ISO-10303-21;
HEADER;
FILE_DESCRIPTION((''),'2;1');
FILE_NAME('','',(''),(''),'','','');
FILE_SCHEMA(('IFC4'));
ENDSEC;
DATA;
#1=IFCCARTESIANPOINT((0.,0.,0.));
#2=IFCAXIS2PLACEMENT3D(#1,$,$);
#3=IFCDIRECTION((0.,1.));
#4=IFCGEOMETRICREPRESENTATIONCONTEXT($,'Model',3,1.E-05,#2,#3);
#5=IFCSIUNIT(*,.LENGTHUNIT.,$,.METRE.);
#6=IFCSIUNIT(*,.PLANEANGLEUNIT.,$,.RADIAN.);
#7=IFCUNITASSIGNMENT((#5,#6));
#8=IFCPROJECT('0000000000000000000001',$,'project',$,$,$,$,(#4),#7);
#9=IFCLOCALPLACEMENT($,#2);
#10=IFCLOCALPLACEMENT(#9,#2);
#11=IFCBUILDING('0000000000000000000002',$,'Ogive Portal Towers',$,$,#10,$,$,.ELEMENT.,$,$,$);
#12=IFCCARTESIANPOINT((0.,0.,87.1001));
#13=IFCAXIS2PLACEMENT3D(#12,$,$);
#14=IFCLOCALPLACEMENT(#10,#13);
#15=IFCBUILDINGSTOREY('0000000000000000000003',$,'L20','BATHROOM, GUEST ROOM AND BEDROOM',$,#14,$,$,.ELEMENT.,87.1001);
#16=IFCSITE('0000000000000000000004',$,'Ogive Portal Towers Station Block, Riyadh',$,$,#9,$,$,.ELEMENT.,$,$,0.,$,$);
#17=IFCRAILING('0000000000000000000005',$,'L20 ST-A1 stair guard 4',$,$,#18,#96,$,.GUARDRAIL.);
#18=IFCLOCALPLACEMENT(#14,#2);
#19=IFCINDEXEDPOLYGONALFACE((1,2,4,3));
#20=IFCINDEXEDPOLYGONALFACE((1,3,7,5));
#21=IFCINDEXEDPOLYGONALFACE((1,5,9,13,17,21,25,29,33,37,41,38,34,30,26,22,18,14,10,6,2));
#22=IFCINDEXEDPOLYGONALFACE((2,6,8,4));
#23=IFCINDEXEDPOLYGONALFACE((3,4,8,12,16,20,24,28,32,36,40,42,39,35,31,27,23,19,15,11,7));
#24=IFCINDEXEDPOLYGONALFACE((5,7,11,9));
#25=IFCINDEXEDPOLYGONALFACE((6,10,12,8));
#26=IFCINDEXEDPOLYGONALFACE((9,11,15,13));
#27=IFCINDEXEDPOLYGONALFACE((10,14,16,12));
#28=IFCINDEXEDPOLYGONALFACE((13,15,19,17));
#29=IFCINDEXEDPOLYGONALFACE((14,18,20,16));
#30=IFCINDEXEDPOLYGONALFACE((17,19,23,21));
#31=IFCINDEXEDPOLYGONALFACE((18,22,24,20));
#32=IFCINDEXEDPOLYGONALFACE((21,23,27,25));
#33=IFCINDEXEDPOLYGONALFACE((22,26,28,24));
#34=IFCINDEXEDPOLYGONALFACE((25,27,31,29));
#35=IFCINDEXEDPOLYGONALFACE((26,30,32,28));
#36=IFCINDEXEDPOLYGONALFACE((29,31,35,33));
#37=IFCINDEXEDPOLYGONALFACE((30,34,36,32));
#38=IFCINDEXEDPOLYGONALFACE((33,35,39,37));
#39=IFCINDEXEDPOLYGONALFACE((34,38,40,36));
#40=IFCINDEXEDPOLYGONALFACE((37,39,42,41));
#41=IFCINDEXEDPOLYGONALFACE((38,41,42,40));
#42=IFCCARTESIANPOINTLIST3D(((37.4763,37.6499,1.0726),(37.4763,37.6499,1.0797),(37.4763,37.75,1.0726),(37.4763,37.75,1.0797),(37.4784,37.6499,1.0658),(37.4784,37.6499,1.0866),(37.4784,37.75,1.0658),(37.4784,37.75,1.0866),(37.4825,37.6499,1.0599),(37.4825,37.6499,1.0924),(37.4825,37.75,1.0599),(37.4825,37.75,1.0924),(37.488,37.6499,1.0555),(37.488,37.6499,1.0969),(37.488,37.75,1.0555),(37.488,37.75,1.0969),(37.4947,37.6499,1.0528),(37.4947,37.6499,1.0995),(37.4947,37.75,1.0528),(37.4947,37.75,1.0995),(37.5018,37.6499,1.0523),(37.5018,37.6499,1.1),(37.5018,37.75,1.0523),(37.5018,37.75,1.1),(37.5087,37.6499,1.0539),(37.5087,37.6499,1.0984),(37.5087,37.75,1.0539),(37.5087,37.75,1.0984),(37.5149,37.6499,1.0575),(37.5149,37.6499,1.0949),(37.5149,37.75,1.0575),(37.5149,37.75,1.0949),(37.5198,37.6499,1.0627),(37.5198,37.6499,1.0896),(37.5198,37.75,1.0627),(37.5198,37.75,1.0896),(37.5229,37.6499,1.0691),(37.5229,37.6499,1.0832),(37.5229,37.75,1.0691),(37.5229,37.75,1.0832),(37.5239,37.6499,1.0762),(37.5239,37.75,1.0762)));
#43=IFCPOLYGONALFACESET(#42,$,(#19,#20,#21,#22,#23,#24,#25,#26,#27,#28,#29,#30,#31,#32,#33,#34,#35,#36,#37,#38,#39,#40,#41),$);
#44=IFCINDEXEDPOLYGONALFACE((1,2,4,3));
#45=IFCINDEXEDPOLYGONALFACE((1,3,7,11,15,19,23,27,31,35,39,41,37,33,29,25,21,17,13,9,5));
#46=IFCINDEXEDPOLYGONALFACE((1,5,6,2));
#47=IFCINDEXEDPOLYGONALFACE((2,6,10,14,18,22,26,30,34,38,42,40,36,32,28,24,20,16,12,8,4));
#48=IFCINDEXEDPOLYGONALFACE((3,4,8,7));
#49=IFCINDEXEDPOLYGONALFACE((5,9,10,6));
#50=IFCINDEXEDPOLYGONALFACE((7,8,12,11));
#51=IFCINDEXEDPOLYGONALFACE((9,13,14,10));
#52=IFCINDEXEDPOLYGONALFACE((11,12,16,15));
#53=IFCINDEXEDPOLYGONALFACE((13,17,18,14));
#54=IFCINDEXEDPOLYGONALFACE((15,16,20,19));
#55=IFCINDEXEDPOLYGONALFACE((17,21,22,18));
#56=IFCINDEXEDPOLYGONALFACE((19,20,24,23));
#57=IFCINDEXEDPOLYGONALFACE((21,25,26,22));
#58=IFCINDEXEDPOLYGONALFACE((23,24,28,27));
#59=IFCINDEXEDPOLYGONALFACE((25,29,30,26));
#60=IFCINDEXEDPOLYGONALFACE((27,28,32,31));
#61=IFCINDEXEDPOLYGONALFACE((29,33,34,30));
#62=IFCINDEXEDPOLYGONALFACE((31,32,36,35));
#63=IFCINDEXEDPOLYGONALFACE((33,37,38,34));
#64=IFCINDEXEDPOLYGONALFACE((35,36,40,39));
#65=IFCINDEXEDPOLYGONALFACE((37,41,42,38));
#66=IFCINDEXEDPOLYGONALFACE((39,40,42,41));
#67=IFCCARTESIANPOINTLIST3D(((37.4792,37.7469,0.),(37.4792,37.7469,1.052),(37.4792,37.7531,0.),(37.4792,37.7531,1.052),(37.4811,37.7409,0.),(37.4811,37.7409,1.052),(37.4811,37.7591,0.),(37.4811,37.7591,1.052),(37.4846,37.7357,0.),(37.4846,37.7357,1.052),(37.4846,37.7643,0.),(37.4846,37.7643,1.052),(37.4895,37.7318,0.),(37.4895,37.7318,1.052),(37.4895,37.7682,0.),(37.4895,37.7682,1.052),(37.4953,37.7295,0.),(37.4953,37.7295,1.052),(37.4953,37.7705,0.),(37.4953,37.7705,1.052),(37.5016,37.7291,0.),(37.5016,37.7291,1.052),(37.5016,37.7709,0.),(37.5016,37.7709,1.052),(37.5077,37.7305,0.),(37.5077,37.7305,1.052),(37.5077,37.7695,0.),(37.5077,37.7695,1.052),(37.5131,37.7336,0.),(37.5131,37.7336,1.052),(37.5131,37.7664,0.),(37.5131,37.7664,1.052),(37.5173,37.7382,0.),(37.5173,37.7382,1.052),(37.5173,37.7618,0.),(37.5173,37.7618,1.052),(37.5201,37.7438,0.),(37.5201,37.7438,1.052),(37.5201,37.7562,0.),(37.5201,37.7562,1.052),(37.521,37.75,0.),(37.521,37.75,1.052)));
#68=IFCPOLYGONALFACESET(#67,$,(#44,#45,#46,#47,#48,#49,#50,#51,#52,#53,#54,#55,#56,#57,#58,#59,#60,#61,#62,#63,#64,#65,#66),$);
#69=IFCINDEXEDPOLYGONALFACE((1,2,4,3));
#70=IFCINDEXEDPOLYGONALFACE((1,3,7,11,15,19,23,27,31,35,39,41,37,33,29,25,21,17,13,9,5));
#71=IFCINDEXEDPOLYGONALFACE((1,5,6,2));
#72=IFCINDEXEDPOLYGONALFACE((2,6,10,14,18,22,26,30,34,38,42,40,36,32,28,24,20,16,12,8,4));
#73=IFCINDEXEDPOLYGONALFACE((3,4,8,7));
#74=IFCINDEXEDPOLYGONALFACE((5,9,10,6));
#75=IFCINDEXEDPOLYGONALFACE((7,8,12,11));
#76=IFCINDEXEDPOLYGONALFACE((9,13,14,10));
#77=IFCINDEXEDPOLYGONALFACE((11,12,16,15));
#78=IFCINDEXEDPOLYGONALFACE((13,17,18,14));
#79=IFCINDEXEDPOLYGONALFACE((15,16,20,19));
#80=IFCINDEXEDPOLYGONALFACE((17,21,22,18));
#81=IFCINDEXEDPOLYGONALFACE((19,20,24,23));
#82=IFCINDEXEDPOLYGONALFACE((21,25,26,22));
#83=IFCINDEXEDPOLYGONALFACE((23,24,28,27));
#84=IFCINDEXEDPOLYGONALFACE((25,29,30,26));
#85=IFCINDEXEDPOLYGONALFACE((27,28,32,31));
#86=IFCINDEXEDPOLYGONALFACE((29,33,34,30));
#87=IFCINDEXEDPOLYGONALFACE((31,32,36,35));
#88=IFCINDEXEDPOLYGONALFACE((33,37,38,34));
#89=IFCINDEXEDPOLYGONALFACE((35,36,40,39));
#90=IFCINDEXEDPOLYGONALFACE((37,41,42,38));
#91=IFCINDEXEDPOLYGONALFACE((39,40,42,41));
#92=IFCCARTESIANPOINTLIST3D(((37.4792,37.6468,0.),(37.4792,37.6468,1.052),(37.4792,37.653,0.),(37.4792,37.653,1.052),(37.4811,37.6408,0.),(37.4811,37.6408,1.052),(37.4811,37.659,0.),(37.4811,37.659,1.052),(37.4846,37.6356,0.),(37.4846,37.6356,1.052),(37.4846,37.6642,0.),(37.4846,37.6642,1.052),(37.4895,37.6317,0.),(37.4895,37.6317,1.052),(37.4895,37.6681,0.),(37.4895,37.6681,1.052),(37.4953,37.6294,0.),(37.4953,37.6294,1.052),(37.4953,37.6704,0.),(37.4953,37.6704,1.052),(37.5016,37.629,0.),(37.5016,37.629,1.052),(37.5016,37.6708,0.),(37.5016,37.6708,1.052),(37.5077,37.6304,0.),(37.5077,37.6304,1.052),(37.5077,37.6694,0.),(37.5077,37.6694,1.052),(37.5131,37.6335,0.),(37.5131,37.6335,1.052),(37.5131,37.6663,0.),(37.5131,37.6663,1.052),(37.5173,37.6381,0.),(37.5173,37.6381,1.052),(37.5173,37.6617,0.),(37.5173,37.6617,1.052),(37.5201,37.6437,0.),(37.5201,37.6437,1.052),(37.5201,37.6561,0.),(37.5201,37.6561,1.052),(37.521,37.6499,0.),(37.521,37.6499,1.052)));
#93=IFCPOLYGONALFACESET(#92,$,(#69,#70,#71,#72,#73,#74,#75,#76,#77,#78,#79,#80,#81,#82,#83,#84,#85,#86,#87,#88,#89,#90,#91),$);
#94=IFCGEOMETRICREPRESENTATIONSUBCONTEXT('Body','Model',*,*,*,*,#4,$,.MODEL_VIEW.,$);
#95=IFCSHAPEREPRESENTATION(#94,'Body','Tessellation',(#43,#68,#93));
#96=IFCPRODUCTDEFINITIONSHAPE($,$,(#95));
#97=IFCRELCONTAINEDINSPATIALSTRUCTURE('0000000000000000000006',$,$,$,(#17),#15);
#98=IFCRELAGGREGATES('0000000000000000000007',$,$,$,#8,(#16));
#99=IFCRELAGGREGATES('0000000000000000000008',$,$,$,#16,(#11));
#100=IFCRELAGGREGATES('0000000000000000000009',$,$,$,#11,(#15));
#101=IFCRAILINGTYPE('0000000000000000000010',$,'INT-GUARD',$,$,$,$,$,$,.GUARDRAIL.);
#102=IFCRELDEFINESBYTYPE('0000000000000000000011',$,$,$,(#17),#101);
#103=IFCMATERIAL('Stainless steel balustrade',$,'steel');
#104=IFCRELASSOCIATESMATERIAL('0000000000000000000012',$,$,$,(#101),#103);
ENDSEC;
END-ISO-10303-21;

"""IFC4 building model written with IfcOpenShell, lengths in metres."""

from ifc_helpers import new_model, si_unit, direction, frame, origin, origin_2d, place, context, subcontext, project, spatial, circle, extrude, material, type_object, element, save


model = new_model("IFC4")

# Units and contexts
model_context = context("Model", 3, precision=1e-05, world=origin(), true_north=direction((0.0, 1.0)))
body_context = subcontext(model_context, "Body", "Model", "MODEL_VIEW")
ifc_project = project(units=[si_unit("LENGTHUNIT", "METRE"), si_unit("PLANEANGLEUNIT", "RADIAN")], contexts=[model_context])

# Site, building, storey
site_placement = place(None, origin())
site = spatial("IfcSite", under=ifc_project, at=site_placement, Name="Ogive Portal Towers Station Block, Riyadh", CompositionType="ELEMENT", RefElevation=0.0)
building_placement = place(site_placement, origin())
building = spatial("IfcBuilding", under=site, at=building_placement, Name="Ogive Portal Towers", CompositionType="ELEMENT")
storey_placement = place(building_placement, frame((0.0, 0.0, 87.1001)))
storey = spatial("IfcBuildingStorey", under=building, at=storey_placement, Name="L20", Description="BATHROOM, GUEST ROOM AND BEDROOM", CompositionType="ELEMENT", Elevation=87.1001)

# Railing
ifc_material_1 = material(Name="Stainless steel balustrade", Category="steel")
railing_type_1 = type_object("IfcRailingType", Name="INT-GUARD", PredefinedType="GUARDRAIL", material=ifc_material_1)
railing_1_placement = place(storey_placement, frame((37.5, 37.75, 0.0)))
element("IfcRailing", 1, at=railing_1_placement, inside=storey, type_object=railing_type_1, Name="L20 ST-A1 stair guard 4", PredefinedType="GUARDRAIL", context=body_context, shape_type="SweptSolid", body=[
    extrude(circle(Radius=0.0239, at=origin_2d()), frame((0.0, 0.0, 1.0762), z_axis=(0.0, -1.0, 0.0), x_axis=(1.0, 0.0, 0.0)), (0.0, 0.0, 1.0), 0.1001),
    extrude(circle(Radius=0.021, at=origin_2d()), origin(), (0.0, 0.0, 1.0), 1.052),
    extrude(circle(Radius=0.021, at=origin_2d()), frame((0.0, -0.1001, 0.0)), (0.0, 0.0, 1.0), 1.052),
])

save(model, "model.ifc")
